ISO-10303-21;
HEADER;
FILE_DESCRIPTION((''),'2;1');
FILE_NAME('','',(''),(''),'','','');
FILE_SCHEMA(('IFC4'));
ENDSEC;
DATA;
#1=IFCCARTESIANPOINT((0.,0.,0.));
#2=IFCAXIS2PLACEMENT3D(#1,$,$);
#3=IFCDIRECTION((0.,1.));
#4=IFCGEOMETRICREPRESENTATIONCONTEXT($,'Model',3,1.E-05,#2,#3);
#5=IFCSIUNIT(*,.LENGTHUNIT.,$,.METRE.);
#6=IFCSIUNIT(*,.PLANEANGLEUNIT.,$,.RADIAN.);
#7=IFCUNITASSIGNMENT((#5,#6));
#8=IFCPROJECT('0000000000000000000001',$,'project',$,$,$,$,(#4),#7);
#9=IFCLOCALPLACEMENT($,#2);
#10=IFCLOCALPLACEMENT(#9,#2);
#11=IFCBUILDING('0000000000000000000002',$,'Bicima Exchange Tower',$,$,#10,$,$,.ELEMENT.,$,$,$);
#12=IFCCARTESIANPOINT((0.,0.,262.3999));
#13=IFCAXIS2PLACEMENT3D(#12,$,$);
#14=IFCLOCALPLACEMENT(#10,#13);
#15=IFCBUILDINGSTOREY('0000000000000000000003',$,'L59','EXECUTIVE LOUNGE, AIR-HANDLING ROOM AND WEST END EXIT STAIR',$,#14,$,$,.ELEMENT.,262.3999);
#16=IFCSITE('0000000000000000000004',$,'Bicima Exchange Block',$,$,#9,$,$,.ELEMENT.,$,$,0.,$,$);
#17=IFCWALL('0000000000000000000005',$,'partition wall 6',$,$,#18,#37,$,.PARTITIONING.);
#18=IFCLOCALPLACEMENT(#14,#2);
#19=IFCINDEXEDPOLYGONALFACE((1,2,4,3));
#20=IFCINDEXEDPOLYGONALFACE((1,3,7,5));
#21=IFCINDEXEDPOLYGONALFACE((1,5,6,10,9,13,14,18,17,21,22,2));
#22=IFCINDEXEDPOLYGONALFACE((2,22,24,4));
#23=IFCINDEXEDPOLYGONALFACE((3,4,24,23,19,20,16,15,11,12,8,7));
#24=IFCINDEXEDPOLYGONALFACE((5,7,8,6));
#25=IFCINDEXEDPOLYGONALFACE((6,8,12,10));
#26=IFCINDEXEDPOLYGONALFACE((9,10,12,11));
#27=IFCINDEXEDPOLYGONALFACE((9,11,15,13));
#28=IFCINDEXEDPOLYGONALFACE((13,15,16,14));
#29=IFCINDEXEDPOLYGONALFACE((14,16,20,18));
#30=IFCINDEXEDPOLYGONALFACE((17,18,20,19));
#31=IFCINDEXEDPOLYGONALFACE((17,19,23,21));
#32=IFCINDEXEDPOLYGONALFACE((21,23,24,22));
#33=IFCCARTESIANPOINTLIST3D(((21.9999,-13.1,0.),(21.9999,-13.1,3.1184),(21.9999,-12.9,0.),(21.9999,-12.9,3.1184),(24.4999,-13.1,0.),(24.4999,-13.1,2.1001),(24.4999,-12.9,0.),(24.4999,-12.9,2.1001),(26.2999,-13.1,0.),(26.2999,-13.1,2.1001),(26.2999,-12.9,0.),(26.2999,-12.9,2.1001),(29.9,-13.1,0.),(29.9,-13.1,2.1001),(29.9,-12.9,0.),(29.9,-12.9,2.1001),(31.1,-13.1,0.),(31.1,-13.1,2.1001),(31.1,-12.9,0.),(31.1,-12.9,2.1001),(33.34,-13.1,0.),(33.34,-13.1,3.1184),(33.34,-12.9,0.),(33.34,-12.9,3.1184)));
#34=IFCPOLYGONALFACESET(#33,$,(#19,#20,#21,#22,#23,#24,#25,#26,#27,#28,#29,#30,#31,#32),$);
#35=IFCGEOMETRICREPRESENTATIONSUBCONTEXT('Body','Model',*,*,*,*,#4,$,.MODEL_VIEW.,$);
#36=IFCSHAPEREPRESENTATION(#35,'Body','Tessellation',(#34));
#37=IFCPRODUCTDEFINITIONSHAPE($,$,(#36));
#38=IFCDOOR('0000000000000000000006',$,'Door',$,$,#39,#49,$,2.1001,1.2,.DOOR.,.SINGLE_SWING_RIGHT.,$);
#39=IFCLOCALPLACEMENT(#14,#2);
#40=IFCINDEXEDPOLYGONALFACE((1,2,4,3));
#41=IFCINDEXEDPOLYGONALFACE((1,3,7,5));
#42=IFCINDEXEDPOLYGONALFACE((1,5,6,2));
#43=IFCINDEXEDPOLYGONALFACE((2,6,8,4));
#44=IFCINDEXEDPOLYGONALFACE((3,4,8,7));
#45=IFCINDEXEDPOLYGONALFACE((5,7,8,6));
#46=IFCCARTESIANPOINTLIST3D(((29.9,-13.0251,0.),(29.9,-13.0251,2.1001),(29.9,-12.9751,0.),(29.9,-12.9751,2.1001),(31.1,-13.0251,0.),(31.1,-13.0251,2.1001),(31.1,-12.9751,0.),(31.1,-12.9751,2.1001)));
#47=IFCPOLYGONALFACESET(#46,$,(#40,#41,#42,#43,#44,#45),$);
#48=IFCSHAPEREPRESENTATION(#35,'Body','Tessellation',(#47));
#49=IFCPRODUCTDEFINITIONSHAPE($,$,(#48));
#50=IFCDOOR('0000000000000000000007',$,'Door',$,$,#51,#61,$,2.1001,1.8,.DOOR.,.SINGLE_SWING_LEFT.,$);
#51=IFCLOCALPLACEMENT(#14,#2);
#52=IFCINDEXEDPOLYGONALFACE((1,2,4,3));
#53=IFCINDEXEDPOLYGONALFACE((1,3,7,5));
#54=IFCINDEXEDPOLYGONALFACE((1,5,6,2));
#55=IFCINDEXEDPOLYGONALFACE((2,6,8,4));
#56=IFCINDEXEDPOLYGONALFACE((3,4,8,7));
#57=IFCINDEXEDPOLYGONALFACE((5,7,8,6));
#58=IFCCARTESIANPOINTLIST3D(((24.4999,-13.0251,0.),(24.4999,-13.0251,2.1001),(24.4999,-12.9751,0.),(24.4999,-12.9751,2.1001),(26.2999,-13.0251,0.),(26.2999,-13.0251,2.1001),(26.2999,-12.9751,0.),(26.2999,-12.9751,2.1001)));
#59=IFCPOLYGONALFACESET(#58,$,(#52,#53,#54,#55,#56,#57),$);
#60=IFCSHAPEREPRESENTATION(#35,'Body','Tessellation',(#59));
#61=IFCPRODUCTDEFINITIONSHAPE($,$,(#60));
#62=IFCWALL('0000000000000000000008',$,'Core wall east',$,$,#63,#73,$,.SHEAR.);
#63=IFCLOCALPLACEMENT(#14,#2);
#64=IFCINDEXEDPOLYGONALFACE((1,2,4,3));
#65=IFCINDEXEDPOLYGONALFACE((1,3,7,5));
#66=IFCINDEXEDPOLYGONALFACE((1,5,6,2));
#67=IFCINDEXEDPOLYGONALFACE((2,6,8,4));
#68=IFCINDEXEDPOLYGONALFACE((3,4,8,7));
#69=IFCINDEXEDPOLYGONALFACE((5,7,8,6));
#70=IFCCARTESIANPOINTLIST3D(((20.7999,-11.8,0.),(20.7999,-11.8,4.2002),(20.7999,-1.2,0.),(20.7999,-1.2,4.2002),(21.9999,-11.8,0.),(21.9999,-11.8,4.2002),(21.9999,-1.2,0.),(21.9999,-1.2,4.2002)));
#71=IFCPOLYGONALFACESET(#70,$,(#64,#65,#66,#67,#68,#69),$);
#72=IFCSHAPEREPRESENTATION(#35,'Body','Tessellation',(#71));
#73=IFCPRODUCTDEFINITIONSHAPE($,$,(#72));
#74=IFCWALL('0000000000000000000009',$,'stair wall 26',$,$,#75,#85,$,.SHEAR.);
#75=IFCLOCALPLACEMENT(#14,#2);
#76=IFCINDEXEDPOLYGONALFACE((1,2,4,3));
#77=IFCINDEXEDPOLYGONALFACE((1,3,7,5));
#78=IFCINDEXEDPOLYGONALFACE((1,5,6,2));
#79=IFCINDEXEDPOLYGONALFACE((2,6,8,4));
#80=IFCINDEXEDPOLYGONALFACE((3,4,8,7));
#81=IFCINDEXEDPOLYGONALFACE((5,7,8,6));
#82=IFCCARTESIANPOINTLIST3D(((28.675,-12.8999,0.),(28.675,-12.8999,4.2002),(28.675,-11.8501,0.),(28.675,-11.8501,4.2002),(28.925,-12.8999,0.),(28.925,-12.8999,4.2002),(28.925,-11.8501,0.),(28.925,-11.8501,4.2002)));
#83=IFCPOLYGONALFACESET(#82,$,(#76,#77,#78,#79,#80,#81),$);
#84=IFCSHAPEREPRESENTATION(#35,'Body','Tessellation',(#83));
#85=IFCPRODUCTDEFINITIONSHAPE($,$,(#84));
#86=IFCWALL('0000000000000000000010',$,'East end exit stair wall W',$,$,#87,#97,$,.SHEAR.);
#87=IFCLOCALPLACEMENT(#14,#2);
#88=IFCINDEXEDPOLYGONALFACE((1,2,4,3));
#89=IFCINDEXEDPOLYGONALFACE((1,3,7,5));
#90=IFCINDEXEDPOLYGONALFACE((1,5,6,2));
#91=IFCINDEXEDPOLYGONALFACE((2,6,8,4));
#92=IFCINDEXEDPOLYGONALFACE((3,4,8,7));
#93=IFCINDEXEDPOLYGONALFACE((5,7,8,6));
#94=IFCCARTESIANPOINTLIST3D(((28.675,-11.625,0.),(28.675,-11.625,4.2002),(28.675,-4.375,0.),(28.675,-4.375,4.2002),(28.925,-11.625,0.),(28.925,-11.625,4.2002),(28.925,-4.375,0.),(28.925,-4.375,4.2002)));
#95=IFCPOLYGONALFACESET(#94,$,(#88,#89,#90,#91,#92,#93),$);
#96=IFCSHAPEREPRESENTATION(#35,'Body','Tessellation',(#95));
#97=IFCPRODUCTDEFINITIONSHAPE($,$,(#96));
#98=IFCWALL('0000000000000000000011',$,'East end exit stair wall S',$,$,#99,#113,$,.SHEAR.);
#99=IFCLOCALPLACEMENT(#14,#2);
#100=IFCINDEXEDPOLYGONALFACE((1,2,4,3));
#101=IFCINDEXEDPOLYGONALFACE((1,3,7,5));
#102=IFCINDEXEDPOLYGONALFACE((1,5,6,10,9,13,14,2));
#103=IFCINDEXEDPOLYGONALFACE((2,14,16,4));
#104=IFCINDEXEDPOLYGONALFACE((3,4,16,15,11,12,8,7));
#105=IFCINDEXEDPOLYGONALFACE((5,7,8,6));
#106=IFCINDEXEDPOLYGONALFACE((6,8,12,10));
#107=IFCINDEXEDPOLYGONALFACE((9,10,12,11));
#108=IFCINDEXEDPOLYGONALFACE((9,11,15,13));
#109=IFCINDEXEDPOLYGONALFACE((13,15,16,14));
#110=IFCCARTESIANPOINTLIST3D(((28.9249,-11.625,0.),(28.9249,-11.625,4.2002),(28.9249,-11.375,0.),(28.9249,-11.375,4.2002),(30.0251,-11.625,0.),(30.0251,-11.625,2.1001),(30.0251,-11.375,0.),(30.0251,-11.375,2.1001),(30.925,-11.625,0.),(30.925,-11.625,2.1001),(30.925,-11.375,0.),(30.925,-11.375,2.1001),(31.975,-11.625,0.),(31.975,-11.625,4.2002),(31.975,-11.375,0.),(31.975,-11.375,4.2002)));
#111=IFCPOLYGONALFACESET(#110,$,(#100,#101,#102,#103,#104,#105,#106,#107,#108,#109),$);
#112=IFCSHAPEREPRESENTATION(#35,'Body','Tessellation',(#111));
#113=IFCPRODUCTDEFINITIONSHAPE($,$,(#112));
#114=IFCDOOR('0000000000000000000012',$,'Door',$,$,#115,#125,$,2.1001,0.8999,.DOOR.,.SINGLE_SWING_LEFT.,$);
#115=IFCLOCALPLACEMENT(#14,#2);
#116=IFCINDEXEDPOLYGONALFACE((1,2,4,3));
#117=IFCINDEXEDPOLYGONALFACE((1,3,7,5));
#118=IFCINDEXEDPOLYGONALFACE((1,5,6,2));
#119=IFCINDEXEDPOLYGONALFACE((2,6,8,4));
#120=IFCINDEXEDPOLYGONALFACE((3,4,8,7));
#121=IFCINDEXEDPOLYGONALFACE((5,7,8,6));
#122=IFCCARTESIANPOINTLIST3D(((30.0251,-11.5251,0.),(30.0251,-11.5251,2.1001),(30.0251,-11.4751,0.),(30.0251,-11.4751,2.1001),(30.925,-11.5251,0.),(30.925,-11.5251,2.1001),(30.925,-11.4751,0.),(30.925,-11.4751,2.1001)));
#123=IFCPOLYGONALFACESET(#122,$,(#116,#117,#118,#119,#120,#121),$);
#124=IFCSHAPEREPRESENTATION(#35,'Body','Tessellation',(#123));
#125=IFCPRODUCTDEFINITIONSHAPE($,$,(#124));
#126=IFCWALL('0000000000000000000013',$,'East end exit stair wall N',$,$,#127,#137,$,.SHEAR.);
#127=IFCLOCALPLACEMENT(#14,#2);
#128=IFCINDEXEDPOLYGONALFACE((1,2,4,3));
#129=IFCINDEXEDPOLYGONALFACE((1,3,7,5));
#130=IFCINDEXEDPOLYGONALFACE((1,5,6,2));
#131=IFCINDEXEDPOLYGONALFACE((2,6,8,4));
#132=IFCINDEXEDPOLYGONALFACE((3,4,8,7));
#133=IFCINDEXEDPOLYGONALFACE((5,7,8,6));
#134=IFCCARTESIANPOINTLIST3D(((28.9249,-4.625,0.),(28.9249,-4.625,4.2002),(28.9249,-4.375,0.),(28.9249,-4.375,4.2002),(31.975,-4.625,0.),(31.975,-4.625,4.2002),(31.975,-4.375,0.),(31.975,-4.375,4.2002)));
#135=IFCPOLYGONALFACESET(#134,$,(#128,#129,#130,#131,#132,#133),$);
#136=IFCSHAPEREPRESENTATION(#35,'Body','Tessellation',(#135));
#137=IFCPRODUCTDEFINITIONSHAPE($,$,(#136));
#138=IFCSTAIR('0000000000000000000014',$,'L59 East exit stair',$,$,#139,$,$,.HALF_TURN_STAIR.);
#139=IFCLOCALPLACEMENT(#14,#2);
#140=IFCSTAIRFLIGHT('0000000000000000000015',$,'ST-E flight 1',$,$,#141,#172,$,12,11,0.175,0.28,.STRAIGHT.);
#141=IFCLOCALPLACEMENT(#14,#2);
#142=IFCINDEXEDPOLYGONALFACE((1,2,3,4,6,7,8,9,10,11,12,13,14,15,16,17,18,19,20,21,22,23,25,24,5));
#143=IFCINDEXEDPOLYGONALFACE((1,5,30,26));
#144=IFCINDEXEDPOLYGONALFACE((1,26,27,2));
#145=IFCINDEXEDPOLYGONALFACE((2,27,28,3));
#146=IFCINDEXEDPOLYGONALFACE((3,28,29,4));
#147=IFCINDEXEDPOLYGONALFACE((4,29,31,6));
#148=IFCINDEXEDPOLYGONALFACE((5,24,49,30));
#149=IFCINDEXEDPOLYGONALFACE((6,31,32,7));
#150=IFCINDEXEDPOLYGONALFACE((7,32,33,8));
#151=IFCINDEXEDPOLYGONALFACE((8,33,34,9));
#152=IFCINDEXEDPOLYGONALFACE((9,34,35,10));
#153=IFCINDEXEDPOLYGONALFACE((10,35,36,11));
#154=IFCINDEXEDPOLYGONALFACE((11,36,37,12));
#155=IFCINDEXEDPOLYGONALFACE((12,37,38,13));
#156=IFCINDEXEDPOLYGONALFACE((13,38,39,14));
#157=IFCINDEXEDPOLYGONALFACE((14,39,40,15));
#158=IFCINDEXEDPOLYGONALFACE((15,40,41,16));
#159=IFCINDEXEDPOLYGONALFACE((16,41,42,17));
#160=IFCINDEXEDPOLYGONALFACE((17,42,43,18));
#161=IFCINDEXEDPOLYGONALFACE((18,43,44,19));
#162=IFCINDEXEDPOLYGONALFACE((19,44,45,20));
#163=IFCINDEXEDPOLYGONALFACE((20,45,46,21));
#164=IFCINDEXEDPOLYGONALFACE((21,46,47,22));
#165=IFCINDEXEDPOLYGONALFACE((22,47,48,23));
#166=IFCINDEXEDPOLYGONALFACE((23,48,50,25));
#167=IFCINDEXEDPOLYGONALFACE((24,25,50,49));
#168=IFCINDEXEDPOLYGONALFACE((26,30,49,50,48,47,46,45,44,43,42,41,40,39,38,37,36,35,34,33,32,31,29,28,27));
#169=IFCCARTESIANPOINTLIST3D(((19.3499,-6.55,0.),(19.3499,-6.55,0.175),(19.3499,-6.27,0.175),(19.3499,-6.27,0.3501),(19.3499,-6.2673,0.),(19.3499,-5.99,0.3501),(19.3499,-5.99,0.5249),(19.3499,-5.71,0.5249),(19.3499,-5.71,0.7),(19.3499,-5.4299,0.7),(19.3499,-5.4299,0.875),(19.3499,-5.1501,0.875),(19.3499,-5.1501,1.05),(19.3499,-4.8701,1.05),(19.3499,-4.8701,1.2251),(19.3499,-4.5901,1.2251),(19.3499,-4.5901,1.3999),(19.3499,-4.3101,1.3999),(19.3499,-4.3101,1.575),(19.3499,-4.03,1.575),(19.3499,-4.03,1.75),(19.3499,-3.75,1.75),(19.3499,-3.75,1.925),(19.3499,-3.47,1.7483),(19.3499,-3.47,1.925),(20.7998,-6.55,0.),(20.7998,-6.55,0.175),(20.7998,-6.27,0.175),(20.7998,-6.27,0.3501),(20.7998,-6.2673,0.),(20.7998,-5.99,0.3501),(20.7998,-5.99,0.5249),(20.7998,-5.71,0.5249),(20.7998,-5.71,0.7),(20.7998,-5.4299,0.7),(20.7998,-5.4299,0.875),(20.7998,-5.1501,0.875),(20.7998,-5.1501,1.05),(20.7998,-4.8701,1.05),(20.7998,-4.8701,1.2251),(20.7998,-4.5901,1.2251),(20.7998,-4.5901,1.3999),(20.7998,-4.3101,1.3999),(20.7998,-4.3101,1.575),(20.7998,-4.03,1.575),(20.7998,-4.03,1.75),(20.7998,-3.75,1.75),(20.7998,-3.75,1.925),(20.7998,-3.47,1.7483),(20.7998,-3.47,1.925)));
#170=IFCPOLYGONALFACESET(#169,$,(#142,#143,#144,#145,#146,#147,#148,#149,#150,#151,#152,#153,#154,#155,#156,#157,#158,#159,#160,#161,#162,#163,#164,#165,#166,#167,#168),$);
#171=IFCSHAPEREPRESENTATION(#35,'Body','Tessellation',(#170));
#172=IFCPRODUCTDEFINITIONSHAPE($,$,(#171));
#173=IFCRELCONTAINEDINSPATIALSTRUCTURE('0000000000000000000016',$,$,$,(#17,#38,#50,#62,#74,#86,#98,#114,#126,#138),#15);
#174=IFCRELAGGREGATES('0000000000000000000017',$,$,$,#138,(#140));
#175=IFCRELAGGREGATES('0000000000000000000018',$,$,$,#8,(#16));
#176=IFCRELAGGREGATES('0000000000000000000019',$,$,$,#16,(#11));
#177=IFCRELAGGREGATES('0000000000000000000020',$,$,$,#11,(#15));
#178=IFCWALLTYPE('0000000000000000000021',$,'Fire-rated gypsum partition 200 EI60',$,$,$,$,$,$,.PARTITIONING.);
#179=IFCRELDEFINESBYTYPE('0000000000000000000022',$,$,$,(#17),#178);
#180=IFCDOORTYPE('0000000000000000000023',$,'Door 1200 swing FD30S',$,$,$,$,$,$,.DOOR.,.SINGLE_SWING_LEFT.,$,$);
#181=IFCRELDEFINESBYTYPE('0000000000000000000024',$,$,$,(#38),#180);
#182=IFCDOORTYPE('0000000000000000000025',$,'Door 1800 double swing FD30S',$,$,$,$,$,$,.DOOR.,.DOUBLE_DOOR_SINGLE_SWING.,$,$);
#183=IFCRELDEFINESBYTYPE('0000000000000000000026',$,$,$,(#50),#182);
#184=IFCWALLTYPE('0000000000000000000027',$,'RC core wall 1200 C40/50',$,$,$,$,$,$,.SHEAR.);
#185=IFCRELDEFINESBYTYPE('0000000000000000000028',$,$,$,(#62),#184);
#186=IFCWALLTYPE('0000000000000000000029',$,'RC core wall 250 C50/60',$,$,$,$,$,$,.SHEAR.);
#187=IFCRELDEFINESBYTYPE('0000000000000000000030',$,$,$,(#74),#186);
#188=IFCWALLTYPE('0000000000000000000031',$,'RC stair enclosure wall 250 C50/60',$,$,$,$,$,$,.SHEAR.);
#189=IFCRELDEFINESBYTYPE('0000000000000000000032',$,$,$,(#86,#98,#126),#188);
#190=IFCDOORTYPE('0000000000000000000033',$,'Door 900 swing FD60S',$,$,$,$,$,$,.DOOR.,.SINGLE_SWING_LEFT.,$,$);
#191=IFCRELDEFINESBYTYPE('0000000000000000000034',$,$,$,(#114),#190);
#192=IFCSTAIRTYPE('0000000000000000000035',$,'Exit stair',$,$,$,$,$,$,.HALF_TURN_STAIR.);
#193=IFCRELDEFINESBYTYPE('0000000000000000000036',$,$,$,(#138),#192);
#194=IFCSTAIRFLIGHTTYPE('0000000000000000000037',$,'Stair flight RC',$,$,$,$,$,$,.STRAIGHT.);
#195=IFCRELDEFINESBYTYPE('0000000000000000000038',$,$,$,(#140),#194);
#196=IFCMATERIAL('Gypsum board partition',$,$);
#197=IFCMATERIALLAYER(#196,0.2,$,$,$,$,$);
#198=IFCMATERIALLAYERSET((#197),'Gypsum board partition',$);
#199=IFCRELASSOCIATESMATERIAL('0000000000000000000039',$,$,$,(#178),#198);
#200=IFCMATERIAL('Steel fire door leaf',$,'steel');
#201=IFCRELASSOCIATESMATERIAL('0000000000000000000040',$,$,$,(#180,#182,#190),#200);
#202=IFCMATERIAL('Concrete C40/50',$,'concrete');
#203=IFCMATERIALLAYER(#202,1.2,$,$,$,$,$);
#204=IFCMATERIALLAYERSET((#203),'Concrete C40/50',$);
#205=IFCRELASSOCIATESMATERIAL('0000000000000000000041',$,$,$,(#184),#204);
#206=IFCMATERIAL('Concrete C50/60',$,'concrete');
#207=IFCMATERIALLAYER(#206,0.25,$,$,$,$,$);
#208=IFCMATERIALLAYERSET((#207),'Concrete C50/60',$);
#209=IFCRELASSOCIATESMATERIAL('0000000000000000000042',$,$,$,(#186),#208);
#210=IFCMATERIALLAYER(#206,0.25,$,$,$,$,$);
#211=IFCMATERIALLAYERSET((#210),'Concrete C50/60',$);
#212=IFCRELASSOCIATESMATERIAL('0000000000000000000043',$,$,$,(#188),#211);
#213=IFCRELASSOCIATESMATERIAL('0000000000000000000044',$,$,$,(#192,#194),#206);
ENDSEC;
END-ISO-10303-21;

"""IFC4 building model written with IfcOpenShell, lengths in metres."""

from ifc_helpers import new_model, si_unit, direction, frame, frame_2d, origin, place, context, subcontext, project, spatial, polyline, rectangle, outline, extrude, material, layer, layer_set, type_object, element, fill, aggregate, save


model = new_model("IFC4")

# Units and contexts
model_context = context("Model", 3, precision=1e-05, world=origin(), true_north=direction((0.0, 1.0)))
body_context = subcontext(model_context, "Body", "Model", "MODEL_VIEW")
ifc_project = project(units=[si_unit("LENGTHUNIT", "METRE"), si_unit("PLANEANGLEUNIT", "RADIAN")], contexts=[model_context])

# Site, building, storey
site_placement = place(None, origin())
site = spatial("IfcSite", under=ifc_project, at=site_placement, Name="Bicima Exchange Block", CompositionType="ELEMENT", RefElevation=0.0)
building_placement = place(site_placement, origin())
building = spatial("IfcBuilding", under=site, at=building_placement, Name="Bicima Exchange Tower", CompositionType="ELEMENT")
storey_placement = place(building_placement, frame((0.0, 0.0, 262.3999)))
storey = spatial("IfcBuildingStorey", under=building, at=storey_placement, Name="L59", Description="EXECUTIVE LOUNGE, AIR-HANDLING ROOM AND WEST END EXIT STAIR", CompositionType="ELEMENT", Elevation=262.3999)

# Wall, openings, doors
ifc_material_1 = material(Name="Gypsum board partition")
ifc_layer_1 = layer(ifc_material_1, 0.2)
ifc_layer_set_1 = layer_set([ifc_layer_1], Name="Gypsum board partition")
wall_type_1 = type_object("IfcWallType", Name="Fire-rated gypsum partition 200 EI60", PredefinedType="PARTITIONING", material=ifc_layer_set_1)
wall_1_placement = place(storey_placement, frame((22.0, -13.0, 0.0), z_axis=(0.0, 0.0, 1.0), x_axis=(1.0, 0.0, 0.0)))
wall_1 = element("IfcWall", 1, at=wall_1_placement, inside=storey, type_object=wall_type_1, Name="partition wall 6", PredefinedType="PARTITIONING", context=body_context, shape_type="SweptSolid", body=[
    extrude(rectangle(XDim=11.3401, YDim=0.2, at=frame_2d((5.6699, 0.0))), origin(), (0.0, 0.0, 1.0), 3.1184),
])
opening_1_placement = place(wall_1_placement, frame((7.8999, 0.0, 0.0)))
opening_1 = element("IfcOpeningElement", 2, at=opening_1_placement, cuts=wall_1, PredefinedType="OPENING", context=body_context, shape_type="SweptSolid", body=[
    extrude(rectangle(XDim=1.2, YDim=2.1001, at=frame_2d((0.6001, 1.05))), frame((0.0, 0.1118, 0.0), z_axis=(0.0, -1.0, 0.0), x_axis=(1.0, 0.0, 0.0)), (0.0, 0.0, 1.0), 0.2239),
])
opening_2_placement = place(wall_1_placement, frame((2.5, 0.0, 0.0)))
opening_2 = element("IfcOpeningElement", 3, at=opening_2_placement, cuts=wall_1, PredefinedType="OPENING", context=body_context, shape_type="SweptSolid", body=[
    extrude(rectangle(XDim=1.8, YDim=2.1001, at=frame_2d((0.8999, 1.05))), frame((0.0, 0.1118, 0.0), z_axis=(0.0, -1.0, 0.0), x_axis=(1.0, 0.0, 0.0)), (0.0, 0.0, 1.0), 0.2239),
])
ifc_material_2 = material(Name="Steel fire door leaf", Category="steel")
door_type_1 = type_object("IfcDoorType", Name="Door 1200 swing FD30S", OperationType="SINGLE_SWING_LEFT", PredefinedType="DOOR", material=ifc_material_2)
door_1_placement = place(opening_1_placement, origin())
door_1 = element("IfcDoor", 4, at=door_1_placement, inside=storey, type_object=door_type_1, Name="Door", OperationType="SINGLE_SWING_RIGHT", OverallHeight=2.1001, OverallWidth=1.2, PredefinedType="DOOR", context=body_context, shape_type="SweptSolid", body=[
    extrude(rectangle(XDim=1.2, YDim=2.1001, at=frame_2d((0.6001, 1.05))), frame((0.0, 0.0249, 0.0), z_axis=(0.0, -1.0, 0.0), x_axis=(1.0, 0.0, 0.0)), (0.0, 0.0, 1.0), 0.05),
])
fill(opening_1, door_1)
door_type_2 = type_object("IfcDoorType", Name="Door 1800 double swing FD30S", OperationType="DOUBLE_DOOR_SINGLE_SWING", PredefinedType="DOOR", material=ifc_material_2)
door_2_placement = place(opening_2_placement, origin())
door_2 = element("IfcDoor", 5, at=door_2_placement, inside=storey, type_object=door_type_2, Name="Door", OperationType="SINGLE_SWING_LEFT", OverallHeight=2.1001, OverallWidth=1.8, PredefinedType="DOOR", context=body_context, shape_type="SweptSolid", body=[
    extrude(rectangle(XDim=1.8, YDim=2.1001, at=frame_2d((0.8999, 1.05))), frame((0.0, 0.0249, 0.0), z_axis=(0.0, -1.0, 0.0), x_axis=(1.0, 0.0, 0.0)), (0.0, 0.0, 1.0), 0.05),
])
fill(opening_2, door_2)

# Walls
ifc_material_3 = material(Name="Concrete C40/50", Category="concrete")
ifc_layer_2 = layer(ifc_material_3, 1.2)
ifc_layer_set_2 = layer_set([ifc_layer_2], Name="Concrete C40/50")
wall_type_2 = type_object("IfcWallType", Name="RC core wall 1200 C40/50", PredefinedType="SHEAR", material=ifc_layer_set_2)
wall_2_placement = place(storey_placement, frame((21.3999, -11.8, 0.0), z_axis=(0.0, 0.0, 1.0), x_axis=(0.0, 1.0, 0.0)))
element("IfcWall", 6, at=wall_2_placement, inside=storey, type_object=wall_type_2, Name="Core wall east", PredefinedType="SHEAR", context=body_context, shape_type="SweptSolid", body=[
    extrude(rectangle(XDim=10.6001, YDim=1.2, at=frame_2d((5.3, 0.0))), origin(), (0.0, 0.0, 1.0), 4.2002),
])
ifc_material_4 = material(Name="Concrete C50/60", Category="concrete")
ifc_layer_3 = layer(ifc_material_4, 0.25)
ifc_layer_set_3 = layer_set([ifc_layer_3], Name="Concrete C50/60")
wall_type_3 = type_object("IfcWallType", Name="RC core wall 250 C50/60", PredefinedType="SHEAR", material=ifc_layer_set_3)
wall_3_placement = place(storey_placement, frame((28.8, -12.8999, 0.0), z_axis=(0.0, 0.0, 1.0), x_axis=(0.0, 1.0, 0.0)))
element("IfcWall", 7, at=wall_3_placement, inside=storey, type_object=wall_type_3, Name="stair wall 26", PredefinedType="SHEAR", context=body_context, shape_type="SweptSolid", body=[
    extrude(rectangle(XDim=1.0498, YDim=0.25, at=frame_2d((0.5249, 0.0))), origin(), (0.0, 0.0, 1.0), 4.2002),
])
ifc_layer_4 = layer(ifc_material_4, 0.25)
ifc_layer_set_4 = layer_set([ifc_layer_4], Name="Concrete C50/60")
wall_type_4 = type_object("IfcWallType", Name="RC stair enclosure wall 250 C50/60", PredefinedType="SHEAR", material=ifc_layer_set_4)
wall_4_placement = place(storey_placement, frame((28.8, -11.625, 0.0), z_axis=(0.0, 0.0, 1.0), x_axis=(0.0, 1.0, 0.0)))
element("IfcWall", 8, at=wall_4_placement, inside=storey, type_object=wall_type_4, Name="East end exit stair wall W", PredefinedType="SHEAR", context=body_context, shape_type="SweptSolid", body=[
    extrude(rectangle(XDim=7.25, YDim=0.25, at=frame_2d((3.625, 0.0))), origin(), (0.0, 0.0, 1.0), 4.2002),
])

# Wall, opening, door
wall_5_placement = place(storey_placement, frame((28.925, -11.5, 0.0), z_axis=(0.0, 0.0, 1.0), x_axis=(1.0, 0.0, 0.0)))
wall_5 = element("IfcWall", 9, at=wall_5_placement, inside=storey, type_object=wall_type_4, Name="East end exit stair wall S", PredefinedType="SHEAR", context=body_context, shape_type="SweptSolid", body=[
    extrude(rectangle(XDim=3.05, YDim=0.25, at=frame_2d((1.5249, 0.0))), origin(), (0.0, 0.0, 1.0), 4.2002),
])
opening_3_placement = place(wall_5_placement, frame((1.1001, 0.0, 0.0)))
opening_3 = element("IfcOpeningElement", 10, at=opening_3_placement, cuts=wall_5, PredefinedType="OPENING", context=body_context, shape_type="SweptSolid", body=[
    extrude(rectangle(XDim=0.8999, YDim=2.1001, at=frame_2d((0.45, 1.05))), frame((0.0, 0.137, 0.0), z_axis=(0.0, -1.0, 0.0), x_axis=(1.0, 0.0, 0.0)), (0.0, 0.0, 1.0), 0.2739),
])
door_type_3 = type_object("IfcDoorType", Name="Door 900 swing FD60S", OperationType="SINGLE_SWING_LEFT", PredefinedType="DOOR", material=ifc_material_2)
door_3_placement = place(opening_3_placement, origin())
door_3 = element("IfcDoor", 11, at=door_3_placement, inside=storey, type_object=door_type_3, Name="Door", OperationType="SINGLE_SWING_LEFT", OverallHeight=2.1001, OverallWidth=0.8999, PredefinedType="DOOR", context=body_context, shape_type="SweptSolid", body=[
    extrude(rectangle(XDim=0.8999, YDim=2.1001, at=frame_2d((0.45, 1.05))), frame((0.0, 0.0249, 0.0), z_axis=(0.0, -1.0, 0.0), x_axis=(1.0, 0.0, 0.0)), (0.0, 0.0, 1.0), 0.05),
])
fill(opening_3, door_3)

# Wall
wall_6_placement = place(storey_placement, frame((28.925, -4.5, 0.0), z_axis=(0.0, 0.0, 1.0), x_axis=(1.0, 0.0, 0.0)))
element("IfcWall", 12, at=wall_6_placement, inside=storey, type_object=wall_type_4, Name="East end exit stair wall N", PredefinedType="SHEAR", context=body_context, shape_type="SweptSolid", body=[
    extrude(rectangle(XDim=3.05, YDim=0.25, at=frame_2d((1.5249, 0.0))), origin(), (0.0, 0.0, 1.0), 4.2002),
])

# Stair, stair flight
stair_type = type_object("IfcStairType", Name="Exit stair", PredefinedType="HALF_TURN_STAIR", material=ifc_material_4)
stair_1_placement = place(storey_placement, origin())
stair_1 = element("IfcStair", 13, at=stair_1_placement, inside=storey, type_object=stair_type, Name="L59 East exit stair", PredefinedType="HALF_TURN_STAIR")
stair_flight_type = type_object("IfcStairFlightType", Name="Stair flight RC", PredefinedType="STRAIGHT", material=ifc_material_4)
stair_flight_1_placement = place(storey_placement, frame((20.075, -6.55, 0.0), z_axis=(0.0, 0.0, 1.0), x_axis=(0.0, 1.0, 0.0)))
stair_flight_1 = element("IfcStairFlight", 14, at=stair_flight_1_placement, type_object=stair_flight_type, Name="ST-E flight 1", NumberOfRisers=12, NumberOfTreads=11, PredefinedType="STRAIGHT", RiserHeight=0.175, TreadLength=0.28, context=body_context, shape_type="SweptSolid", body=[
    extrude(outline(polyline([(0.0, 0.0), (0.0, 0.175), (0.28, 0.175), (0.28, 0.3501), (0.5601, 0.3501), (0.5601, 0.5249), (0.8401, 0.5249), (0.8401, 0.7), (1.1201, 0.7), (1.1201, 0.875), (1.3999, 0.875), (1.3999, 1.05), (1.6799, 1.05), (1.6799, 1.2251), (1.96, 1.2251), (1.96, 1.3999), (2.24, 1.3999), (2.24, 1.575), (2.52, 1.575), (2.52, 1.75), (2.8, 1.75), (2.8, 1.925), (3.0801, 1.925), (3.0801, 2.1001), (3.0801, 1.7483), (0.2827, 0.0), (0.0, 0.0)])), frame((0.0, 0.7251, 0.0), z_axis=(0.0, -1.0, 0.0), x_axis=(1.0, 0.0, 0.0)), (0.0, 0.0, 1.0), 1.45),
])
aggregate(stair_1, [stair_flight_1])

save(model, "model.ifc")
